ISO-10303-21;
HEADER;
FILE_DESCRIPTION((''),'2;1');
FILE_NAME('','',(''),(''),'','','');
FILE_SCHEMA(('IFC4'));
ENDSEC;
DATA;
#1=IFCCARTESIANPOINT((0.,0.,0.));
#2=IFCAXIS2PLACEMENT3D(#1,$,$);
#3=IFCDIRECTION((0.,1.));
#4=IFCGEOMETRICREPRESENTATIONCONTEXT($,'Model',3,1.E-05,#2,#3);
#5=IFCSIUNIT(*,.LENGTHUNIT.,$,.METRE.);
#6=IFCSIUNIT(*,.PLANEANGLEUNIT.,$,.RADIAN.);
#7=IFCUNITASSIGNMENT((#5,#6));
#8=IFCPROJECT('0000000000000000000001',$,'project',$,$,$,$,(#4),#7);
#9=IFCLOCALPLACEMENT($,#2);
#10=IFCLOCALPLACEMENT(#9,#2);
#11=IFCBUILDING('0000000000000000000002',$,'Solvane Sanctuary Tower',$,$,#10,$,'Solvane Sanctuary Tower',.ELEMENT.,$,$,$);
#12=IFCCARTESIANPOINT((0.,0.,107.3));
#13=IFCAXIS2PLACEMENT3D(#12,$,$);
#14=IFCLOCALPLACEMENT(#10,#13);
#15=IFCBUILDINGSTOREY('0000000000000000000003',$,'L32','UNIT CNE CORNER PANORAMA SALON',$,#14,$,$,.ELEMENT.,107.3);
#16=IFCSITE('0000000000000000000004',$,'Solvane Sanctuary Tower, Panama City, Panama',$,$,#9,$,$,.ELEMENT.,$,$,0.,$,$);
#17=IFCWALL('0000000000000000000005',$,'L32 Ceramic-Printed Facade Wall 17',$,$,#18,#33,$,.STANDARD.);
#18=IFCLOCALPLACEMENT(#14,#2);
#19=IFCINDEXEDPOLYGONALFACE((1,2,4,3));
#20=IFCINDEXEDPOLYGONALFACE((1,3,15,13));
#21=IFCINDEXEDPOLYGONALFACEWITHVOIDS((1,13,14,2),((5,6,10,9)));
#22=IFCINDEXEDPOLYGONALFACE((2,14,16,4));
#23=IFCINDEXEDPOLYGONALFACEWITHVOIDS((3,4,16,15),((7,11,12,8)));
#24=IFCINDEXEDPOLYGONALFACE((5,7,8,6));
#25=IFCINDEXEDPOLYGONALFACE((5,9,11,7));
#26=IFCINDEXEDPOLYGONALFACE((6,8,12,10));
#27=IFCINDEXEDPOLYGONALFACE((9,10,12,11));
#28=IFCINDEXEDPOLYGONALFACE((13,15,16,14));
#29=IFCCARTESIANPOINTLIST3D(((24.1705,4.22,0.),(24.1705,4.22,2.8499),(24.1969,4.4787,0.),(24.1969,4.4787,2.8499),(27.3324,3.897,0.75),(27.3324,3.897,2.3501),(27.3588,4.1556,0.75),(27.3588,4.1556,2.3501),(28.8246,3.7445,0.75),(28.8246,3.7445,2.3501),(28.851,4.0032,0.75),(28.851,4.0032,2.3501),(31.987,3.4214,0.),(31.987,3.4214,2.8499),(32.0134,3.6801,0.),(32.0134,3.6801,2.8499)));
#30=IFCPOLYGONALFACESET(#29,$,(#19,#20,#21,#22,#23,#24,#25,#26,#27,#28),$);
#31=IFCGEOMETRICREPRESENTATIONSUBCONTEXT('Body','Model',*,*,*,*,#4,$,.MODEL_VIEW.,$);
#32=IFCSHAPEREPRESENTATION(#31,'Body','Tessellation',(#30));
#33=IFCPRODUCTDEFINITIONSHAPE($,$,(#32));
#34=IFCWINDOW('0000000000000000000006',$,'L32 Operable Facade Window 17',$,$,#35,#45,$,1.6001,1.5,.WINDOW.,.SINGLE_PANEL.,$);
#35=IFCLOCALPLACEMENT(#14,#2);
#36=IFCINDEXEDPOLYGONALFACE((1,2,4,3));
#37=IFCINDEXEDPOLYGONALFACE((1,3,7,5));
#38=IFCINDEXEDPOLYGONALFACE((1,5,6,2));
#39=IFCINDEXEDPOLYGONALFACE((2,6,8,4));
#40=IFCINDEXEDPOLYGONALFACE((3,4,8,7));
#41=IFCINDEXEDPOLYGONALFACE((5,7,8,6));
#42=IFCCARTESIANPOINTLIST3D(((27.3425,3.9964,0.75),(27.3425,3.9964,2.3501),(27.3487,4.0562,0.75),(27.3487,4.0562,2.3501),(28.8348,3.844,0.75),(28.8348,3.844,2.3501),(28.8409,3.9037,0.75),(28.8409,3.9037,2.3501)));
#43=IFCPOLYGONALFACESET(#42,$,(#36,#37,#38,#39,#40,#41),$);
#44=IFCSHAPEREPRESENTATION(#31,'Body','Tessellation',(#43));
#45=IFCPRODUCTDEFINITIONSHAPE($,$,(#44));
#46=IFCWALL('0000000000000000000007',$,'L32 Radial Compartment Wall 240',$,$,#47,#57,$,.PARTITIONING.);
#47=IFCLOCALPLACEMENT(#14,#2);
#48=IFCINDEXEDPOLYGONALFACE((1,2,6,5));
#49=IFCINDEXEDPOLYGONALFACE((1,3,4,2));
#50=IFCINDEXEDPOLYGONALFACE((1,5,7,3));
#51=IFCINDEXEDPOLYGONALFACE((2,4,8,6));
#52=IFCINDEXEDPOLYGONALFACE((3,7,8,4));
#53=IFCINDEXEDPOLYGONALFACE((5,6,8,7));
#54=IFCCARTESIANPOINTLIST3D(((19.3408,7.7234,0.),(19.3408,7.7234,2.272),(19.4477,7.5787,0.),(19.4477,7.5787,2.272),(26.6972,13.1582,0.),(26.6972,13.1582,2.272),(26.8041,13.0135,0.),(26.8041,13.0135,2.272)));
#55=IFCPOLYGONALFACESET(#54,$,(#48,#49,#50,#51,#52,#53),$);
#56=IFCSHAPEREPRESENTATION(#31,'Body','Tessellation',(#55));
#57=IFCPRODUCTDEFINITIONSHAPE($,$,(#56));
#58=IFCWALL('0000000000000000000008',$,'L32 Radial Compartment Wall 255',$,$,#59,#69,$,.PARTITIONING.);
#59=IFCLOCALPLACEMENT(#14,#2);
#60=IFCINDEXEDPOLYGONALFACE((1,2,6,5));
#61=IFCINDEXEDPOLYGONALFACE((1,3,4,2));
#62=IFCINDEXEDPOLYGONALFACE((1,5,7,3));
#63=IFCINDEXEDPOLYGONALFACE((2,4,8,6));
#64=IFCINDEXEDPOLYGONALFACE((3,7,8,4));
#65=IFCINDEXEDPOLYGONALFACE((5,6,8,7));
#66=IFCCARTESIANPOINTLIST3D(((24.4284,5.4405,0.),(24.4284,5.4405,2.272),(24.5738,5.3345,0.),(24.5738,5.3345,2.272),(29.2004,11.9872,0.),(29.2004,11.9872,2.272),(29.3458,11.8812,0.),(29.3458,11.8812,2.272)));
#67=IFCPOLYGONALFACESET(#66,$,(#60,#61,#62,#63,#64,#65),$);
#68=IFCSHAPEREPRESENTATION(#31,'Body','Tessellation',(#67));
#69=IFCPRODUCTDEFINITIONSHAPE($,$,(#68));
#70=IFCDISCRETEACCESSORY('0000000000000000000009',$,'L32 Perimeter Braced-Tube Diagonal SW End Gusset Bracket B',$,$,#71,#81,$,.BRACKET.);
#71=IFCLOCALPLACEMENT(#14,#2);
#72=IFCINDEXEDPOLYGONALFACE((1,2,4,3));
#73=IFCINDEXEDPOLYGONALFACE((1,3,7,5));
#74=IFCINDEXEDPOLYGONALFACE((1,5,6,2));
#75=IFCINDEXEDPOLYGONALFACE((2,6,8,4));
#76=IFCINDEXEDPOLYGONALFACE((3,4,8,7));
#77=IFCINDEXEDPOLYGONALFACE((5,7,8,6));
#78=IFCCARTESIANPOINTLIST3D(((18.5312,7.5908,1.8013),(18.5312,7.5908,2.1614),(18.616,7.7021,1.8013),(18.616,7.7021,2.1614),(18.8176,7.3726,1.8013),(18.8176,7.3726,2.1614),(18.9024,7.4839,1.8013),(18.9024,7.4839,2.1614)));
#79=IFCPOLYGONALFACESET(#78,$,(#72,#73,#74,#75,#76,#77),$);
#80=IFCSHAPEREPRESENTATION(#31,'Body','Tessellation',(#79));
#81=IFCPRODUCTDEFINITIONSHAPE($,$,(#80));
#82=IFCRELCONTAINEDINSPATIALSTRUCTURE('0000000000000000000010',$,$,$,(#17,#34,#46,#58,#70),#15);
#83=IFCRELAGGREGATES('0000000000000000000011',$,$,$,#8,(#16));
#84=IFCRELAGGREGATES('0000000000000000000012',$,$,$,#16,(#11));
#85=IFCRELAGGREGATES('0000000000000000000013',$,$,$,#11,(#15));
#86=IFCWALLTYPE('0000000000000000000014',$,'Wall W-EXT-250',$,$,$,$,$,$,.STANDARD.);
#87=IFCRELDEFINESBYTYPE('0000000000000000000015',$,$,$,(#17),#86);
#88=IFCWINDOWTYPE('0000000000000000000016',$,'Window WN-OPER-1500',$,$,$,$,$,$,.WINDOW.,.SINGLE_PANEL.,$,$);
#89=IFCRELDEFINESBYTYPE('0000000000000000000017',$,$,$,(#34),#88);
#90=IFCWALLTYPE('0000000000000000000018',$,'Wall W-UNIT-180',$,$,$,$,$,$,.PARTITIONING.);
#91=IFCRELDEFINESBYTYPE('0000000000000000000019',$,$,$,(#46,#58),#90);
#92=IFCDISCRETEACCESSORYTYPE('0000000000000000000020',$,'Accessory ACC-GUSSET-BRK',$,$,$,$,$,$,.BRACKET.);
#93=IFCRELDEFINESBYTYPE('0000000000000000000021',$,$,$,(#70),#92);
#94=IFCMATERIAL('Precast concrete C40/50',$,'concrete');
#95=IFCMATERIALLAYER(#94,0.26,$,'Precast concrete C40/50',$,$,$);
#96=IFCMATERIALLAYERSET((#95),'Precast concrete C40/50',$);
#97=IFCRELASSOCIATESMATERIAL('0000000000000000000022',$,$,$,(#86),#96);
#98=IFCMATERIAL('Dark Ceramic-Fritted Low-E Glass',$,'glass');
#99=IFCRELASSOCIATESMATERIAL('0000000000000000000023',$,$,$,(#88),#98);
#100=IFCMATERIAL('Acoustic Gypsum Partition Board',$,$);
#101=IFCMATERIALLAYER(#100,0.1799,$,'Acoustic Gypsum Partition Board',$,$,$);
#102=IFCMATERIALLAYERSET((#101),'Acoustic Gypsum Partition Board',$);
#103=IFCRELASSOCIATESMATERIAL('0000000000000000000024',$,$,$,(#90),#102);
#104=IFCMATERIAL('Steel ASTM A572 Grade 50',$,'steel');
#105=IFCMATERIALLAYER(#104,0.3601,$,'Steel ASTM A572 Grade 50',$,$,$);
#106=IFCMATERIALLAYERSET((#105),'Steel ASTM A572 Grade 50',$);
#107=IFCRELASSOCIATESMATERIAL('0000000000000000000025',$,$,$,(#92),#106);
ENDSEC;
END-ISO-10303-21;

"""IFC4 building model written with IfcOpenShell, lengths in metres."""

from ifc_helpers import new_model, si_unit, direction, frame, frame_2d, origin, origin_2d, place, context, subcontext, project, spatial, rectangle, extrude, material, layer, layer_set, type_object, element, fill, save


model = new_model("IFC4")

# Units and contexts
model_context = context("Model", 3, precision=1e-05, world=origin(), true_north=direction((0.0, 1.0)))
body_context = subcontext(model_context, "Body", "Model", "MODEL_VIEW")
ifc_project = project(units=[si_unit("LENGTHUNIT", "METRE"), si_unit("PLANEANGLEUNIT", "RADIAN")], contexts=[model_context])

# Site, building, storey
site_placement = place(None, origin())
site = spatial("IfcSite", under=ifc_project, at=site_placement, Name="Solvane Sanctuary Tower, Panama City, Panama", CompositionType="ELEMENT", RefElevation=0.0)
building_placement = place(site_placement, origin())
building = spatial("IfcBuilding", under=site, at=building_placement, Name="Solvane Sanctuary Tower", LongName="Solvane Sanctuary Tower", CompositionType="ELEMENT")
storey_placement = place(building_placement, frame((0.0, 0.0, 107.3)))
storey = spatial("IfcBuildingStorey", under=building, at=storey_placement, Name="L32", Description="UNIT CNE CORNER PANORAMA SALON", CompositionType="ELEMENT", Elevation=107.3)

# Shared definitions
ifc_material_1 = material(Name="Acoustic Gypsum Partition Board")

# Shared definitions
ifc_material_2 = material(Name="Precast concrete C40/50", Category="concrete")
ifc_layer_1 = layer(ifc_material_2, 0.26, Name="Precast concrete C40/50")
ifc_layer_set_1 = layer_set([ifc_layer_1], Name="Precast concrete C40/50")
wall_type_1 = type_object("IfcWallType", Name="Wall W-EXT-250", PredefinedType="STANDARD", material=ifc_layer_set_1)

# Wall, opening, window
wall_1_placement = place(storey_placement, frame((24.1836, 4.3494, 0.0), z_axis=(0.0, 0.0, 1.0), x_axis=(0.994821, -0.101639, 0.0)))
wall_1 = element("IfcWall", 1, at=wall_1_placement, inside=storey, type_object=wall_type_1, Name="L32 Ceramic-Printed Facade Wall 17", PredefinedType="STANDARD", context=body_context, shape_type="SweptSolid", body=[
    extrude(rectangle(XDim=7.8572, YDim=0.26, at=frame_2d((3.9287, 0.0))), origin(), (0.0, 0.0, 1.0), 2.8499),
])
opening_1_placement = place(wall_1_placement, frame((3.1785, 0.0, 0.75)))
opening_1 = element("IfcOpeningElement", 2, at=opening_1_placement, cuts=wall_1, PredefinedType="OPENING", context=body_context, shape_type="SweptSolid", body=[
    extrude(rectangle(XDim=1.5, YDim=1.6001, at=frame_2d((0.75, 0.8))), frame((0.0, 0.1399, 0.0), z_axis=(0.0, -1.0, 0.0), x_axis=(1.0, 0.0, 0.0)), (0.0, 0.0, 1.0), 0.28),
])
ifc_material_3 = material(Name="Dark Ceramic-Fritted Low-E Glass", Category="glass")
window_type = type_object("IfcWindowType", Name="Window WN-OPER-1500", PartitioningType="SINGLE_PANEL", PredefinedType="WINDOW", material=ifc_material_3)
window_placement = place(opening_1_placement, origin())
window = element("IfcWindow", 3, at=window_placement, inside=storey, type_object=window_type, Name="L32 Operable Facade Window 17", OverallHeight=1.6001, OverallWidth=1.5, PartitioningType="SINGLE_PANEL", PredefinedType="WINDOW", context=body_context, shape_type="SweptSolid", body=[
    extrude(rectangle(XDim=1.5, YDim=1.6001, at=frame_2d((0.75, 0.8))), frame((0.0, 0.03, 0.0), z_axis=(0.0, -1.0, 0.0), x_axis=(1.0, 0.0, 0.0)), (0.0, 0.0, 1.0), 0.0601),
])
fill(opening_1, window)

# Walls
ifc_layer_2 = layer(ifc_material_1, 0.1799, Name="Acoustic Gypsum Partition Board")
ifc_layer_set_2 = layer_set([ifc_layer_2], Name="Acoustic Gypsum Partition Board")
wall_type_2 = type_object("IfcWallType", Name="Wall W-UNIT-180", PredefinedType="PARTITIONING", material=ifc_layer_set_2)
wall_2_placement = place(storey_placement, frame((26.7507, 13.0859, 0.0), z_axis=(0.0, 0.0, 1.0), x_axis=(-0.80431, -0.59421, 0.0)))
element("IfcWall", 4, at=wall_2_placement, inside=storey, type_object=wall_type_2, Name="L32 Radial Compartment Wall 240", PredefinedType="PARTITIONING", context=body_context, shape_type="SweptSolid", body=[
    extrude(rectangle(XDim=9.1462, YDim=0.1799, at=frame_2d((4.5732, 0.0))), origin(), (0.0, 0.0, 1.0), 2.272),
])
wall_3_placement = place(storey_placement, frame((29.2732, 11.9343, 0.0), z_axis=(0.0, 0.0, 1.0), x_axis=(-0.589042, -0.808102, 0.0)))
element("IfcWall", 5, at=wall_3_placement, inside=storey, type_object=wall_type_2, Name="L32 Radial Compartment Wall 255", PredefinedType="PARTITIONING", context=body_context, shape_type="SweptSolid", body=[
    extrude(rectangle(XDim=8.1013, YDim=0.1799, at=frame_2d((4.0508, 0.0))), origin(), (0.0, 0.0, 1.0), 2.272),
])

# Discrete accessory
ifc_material_4 = material(Name="Steel ASTM A572 Grade 50", Category="steel")
ifc_layer_3 = layer(ifc_material_4, 0.3601, Name="Steel ASTM A572 Grade 50")
ifc_layer_set_3 = layer_set([ifc_layer_3], Name="Steel ASTM A572 Grade 50")
discrete_accessory_type = type_object("IfcDiscreteAccessoryType", Name="Accessory ACC-GUSSET-BRK", PredefinedType="BRACKET", material=ifc_layer_set_3)
discrete_accessory_placement = place(storey_placement, frame((18.7168, 7.5374, 1.8013), z_axis=(0.0, 0.0, 1.0), x_axis=(0.795473, -0.605988, 0.0)))
element("IfcDiscreteAccessory", 6, at=discrete_accessory_placement, inside=storey, type_object=discrete_accessory_type, Name="L32 Perimeter Braced-Tube Diagonal SW End Gusset Bracket B", PredefinedType="BRACKET", context=body_context, shape_type="SweptSolid", body=[
    extrude(rectangle(XDim=0.3601, YDim=0.1399, at=origin_2d()), origin(), (0.0, 0.0, 1.0), 0.3601),
])

save(model, "model.ifc")
